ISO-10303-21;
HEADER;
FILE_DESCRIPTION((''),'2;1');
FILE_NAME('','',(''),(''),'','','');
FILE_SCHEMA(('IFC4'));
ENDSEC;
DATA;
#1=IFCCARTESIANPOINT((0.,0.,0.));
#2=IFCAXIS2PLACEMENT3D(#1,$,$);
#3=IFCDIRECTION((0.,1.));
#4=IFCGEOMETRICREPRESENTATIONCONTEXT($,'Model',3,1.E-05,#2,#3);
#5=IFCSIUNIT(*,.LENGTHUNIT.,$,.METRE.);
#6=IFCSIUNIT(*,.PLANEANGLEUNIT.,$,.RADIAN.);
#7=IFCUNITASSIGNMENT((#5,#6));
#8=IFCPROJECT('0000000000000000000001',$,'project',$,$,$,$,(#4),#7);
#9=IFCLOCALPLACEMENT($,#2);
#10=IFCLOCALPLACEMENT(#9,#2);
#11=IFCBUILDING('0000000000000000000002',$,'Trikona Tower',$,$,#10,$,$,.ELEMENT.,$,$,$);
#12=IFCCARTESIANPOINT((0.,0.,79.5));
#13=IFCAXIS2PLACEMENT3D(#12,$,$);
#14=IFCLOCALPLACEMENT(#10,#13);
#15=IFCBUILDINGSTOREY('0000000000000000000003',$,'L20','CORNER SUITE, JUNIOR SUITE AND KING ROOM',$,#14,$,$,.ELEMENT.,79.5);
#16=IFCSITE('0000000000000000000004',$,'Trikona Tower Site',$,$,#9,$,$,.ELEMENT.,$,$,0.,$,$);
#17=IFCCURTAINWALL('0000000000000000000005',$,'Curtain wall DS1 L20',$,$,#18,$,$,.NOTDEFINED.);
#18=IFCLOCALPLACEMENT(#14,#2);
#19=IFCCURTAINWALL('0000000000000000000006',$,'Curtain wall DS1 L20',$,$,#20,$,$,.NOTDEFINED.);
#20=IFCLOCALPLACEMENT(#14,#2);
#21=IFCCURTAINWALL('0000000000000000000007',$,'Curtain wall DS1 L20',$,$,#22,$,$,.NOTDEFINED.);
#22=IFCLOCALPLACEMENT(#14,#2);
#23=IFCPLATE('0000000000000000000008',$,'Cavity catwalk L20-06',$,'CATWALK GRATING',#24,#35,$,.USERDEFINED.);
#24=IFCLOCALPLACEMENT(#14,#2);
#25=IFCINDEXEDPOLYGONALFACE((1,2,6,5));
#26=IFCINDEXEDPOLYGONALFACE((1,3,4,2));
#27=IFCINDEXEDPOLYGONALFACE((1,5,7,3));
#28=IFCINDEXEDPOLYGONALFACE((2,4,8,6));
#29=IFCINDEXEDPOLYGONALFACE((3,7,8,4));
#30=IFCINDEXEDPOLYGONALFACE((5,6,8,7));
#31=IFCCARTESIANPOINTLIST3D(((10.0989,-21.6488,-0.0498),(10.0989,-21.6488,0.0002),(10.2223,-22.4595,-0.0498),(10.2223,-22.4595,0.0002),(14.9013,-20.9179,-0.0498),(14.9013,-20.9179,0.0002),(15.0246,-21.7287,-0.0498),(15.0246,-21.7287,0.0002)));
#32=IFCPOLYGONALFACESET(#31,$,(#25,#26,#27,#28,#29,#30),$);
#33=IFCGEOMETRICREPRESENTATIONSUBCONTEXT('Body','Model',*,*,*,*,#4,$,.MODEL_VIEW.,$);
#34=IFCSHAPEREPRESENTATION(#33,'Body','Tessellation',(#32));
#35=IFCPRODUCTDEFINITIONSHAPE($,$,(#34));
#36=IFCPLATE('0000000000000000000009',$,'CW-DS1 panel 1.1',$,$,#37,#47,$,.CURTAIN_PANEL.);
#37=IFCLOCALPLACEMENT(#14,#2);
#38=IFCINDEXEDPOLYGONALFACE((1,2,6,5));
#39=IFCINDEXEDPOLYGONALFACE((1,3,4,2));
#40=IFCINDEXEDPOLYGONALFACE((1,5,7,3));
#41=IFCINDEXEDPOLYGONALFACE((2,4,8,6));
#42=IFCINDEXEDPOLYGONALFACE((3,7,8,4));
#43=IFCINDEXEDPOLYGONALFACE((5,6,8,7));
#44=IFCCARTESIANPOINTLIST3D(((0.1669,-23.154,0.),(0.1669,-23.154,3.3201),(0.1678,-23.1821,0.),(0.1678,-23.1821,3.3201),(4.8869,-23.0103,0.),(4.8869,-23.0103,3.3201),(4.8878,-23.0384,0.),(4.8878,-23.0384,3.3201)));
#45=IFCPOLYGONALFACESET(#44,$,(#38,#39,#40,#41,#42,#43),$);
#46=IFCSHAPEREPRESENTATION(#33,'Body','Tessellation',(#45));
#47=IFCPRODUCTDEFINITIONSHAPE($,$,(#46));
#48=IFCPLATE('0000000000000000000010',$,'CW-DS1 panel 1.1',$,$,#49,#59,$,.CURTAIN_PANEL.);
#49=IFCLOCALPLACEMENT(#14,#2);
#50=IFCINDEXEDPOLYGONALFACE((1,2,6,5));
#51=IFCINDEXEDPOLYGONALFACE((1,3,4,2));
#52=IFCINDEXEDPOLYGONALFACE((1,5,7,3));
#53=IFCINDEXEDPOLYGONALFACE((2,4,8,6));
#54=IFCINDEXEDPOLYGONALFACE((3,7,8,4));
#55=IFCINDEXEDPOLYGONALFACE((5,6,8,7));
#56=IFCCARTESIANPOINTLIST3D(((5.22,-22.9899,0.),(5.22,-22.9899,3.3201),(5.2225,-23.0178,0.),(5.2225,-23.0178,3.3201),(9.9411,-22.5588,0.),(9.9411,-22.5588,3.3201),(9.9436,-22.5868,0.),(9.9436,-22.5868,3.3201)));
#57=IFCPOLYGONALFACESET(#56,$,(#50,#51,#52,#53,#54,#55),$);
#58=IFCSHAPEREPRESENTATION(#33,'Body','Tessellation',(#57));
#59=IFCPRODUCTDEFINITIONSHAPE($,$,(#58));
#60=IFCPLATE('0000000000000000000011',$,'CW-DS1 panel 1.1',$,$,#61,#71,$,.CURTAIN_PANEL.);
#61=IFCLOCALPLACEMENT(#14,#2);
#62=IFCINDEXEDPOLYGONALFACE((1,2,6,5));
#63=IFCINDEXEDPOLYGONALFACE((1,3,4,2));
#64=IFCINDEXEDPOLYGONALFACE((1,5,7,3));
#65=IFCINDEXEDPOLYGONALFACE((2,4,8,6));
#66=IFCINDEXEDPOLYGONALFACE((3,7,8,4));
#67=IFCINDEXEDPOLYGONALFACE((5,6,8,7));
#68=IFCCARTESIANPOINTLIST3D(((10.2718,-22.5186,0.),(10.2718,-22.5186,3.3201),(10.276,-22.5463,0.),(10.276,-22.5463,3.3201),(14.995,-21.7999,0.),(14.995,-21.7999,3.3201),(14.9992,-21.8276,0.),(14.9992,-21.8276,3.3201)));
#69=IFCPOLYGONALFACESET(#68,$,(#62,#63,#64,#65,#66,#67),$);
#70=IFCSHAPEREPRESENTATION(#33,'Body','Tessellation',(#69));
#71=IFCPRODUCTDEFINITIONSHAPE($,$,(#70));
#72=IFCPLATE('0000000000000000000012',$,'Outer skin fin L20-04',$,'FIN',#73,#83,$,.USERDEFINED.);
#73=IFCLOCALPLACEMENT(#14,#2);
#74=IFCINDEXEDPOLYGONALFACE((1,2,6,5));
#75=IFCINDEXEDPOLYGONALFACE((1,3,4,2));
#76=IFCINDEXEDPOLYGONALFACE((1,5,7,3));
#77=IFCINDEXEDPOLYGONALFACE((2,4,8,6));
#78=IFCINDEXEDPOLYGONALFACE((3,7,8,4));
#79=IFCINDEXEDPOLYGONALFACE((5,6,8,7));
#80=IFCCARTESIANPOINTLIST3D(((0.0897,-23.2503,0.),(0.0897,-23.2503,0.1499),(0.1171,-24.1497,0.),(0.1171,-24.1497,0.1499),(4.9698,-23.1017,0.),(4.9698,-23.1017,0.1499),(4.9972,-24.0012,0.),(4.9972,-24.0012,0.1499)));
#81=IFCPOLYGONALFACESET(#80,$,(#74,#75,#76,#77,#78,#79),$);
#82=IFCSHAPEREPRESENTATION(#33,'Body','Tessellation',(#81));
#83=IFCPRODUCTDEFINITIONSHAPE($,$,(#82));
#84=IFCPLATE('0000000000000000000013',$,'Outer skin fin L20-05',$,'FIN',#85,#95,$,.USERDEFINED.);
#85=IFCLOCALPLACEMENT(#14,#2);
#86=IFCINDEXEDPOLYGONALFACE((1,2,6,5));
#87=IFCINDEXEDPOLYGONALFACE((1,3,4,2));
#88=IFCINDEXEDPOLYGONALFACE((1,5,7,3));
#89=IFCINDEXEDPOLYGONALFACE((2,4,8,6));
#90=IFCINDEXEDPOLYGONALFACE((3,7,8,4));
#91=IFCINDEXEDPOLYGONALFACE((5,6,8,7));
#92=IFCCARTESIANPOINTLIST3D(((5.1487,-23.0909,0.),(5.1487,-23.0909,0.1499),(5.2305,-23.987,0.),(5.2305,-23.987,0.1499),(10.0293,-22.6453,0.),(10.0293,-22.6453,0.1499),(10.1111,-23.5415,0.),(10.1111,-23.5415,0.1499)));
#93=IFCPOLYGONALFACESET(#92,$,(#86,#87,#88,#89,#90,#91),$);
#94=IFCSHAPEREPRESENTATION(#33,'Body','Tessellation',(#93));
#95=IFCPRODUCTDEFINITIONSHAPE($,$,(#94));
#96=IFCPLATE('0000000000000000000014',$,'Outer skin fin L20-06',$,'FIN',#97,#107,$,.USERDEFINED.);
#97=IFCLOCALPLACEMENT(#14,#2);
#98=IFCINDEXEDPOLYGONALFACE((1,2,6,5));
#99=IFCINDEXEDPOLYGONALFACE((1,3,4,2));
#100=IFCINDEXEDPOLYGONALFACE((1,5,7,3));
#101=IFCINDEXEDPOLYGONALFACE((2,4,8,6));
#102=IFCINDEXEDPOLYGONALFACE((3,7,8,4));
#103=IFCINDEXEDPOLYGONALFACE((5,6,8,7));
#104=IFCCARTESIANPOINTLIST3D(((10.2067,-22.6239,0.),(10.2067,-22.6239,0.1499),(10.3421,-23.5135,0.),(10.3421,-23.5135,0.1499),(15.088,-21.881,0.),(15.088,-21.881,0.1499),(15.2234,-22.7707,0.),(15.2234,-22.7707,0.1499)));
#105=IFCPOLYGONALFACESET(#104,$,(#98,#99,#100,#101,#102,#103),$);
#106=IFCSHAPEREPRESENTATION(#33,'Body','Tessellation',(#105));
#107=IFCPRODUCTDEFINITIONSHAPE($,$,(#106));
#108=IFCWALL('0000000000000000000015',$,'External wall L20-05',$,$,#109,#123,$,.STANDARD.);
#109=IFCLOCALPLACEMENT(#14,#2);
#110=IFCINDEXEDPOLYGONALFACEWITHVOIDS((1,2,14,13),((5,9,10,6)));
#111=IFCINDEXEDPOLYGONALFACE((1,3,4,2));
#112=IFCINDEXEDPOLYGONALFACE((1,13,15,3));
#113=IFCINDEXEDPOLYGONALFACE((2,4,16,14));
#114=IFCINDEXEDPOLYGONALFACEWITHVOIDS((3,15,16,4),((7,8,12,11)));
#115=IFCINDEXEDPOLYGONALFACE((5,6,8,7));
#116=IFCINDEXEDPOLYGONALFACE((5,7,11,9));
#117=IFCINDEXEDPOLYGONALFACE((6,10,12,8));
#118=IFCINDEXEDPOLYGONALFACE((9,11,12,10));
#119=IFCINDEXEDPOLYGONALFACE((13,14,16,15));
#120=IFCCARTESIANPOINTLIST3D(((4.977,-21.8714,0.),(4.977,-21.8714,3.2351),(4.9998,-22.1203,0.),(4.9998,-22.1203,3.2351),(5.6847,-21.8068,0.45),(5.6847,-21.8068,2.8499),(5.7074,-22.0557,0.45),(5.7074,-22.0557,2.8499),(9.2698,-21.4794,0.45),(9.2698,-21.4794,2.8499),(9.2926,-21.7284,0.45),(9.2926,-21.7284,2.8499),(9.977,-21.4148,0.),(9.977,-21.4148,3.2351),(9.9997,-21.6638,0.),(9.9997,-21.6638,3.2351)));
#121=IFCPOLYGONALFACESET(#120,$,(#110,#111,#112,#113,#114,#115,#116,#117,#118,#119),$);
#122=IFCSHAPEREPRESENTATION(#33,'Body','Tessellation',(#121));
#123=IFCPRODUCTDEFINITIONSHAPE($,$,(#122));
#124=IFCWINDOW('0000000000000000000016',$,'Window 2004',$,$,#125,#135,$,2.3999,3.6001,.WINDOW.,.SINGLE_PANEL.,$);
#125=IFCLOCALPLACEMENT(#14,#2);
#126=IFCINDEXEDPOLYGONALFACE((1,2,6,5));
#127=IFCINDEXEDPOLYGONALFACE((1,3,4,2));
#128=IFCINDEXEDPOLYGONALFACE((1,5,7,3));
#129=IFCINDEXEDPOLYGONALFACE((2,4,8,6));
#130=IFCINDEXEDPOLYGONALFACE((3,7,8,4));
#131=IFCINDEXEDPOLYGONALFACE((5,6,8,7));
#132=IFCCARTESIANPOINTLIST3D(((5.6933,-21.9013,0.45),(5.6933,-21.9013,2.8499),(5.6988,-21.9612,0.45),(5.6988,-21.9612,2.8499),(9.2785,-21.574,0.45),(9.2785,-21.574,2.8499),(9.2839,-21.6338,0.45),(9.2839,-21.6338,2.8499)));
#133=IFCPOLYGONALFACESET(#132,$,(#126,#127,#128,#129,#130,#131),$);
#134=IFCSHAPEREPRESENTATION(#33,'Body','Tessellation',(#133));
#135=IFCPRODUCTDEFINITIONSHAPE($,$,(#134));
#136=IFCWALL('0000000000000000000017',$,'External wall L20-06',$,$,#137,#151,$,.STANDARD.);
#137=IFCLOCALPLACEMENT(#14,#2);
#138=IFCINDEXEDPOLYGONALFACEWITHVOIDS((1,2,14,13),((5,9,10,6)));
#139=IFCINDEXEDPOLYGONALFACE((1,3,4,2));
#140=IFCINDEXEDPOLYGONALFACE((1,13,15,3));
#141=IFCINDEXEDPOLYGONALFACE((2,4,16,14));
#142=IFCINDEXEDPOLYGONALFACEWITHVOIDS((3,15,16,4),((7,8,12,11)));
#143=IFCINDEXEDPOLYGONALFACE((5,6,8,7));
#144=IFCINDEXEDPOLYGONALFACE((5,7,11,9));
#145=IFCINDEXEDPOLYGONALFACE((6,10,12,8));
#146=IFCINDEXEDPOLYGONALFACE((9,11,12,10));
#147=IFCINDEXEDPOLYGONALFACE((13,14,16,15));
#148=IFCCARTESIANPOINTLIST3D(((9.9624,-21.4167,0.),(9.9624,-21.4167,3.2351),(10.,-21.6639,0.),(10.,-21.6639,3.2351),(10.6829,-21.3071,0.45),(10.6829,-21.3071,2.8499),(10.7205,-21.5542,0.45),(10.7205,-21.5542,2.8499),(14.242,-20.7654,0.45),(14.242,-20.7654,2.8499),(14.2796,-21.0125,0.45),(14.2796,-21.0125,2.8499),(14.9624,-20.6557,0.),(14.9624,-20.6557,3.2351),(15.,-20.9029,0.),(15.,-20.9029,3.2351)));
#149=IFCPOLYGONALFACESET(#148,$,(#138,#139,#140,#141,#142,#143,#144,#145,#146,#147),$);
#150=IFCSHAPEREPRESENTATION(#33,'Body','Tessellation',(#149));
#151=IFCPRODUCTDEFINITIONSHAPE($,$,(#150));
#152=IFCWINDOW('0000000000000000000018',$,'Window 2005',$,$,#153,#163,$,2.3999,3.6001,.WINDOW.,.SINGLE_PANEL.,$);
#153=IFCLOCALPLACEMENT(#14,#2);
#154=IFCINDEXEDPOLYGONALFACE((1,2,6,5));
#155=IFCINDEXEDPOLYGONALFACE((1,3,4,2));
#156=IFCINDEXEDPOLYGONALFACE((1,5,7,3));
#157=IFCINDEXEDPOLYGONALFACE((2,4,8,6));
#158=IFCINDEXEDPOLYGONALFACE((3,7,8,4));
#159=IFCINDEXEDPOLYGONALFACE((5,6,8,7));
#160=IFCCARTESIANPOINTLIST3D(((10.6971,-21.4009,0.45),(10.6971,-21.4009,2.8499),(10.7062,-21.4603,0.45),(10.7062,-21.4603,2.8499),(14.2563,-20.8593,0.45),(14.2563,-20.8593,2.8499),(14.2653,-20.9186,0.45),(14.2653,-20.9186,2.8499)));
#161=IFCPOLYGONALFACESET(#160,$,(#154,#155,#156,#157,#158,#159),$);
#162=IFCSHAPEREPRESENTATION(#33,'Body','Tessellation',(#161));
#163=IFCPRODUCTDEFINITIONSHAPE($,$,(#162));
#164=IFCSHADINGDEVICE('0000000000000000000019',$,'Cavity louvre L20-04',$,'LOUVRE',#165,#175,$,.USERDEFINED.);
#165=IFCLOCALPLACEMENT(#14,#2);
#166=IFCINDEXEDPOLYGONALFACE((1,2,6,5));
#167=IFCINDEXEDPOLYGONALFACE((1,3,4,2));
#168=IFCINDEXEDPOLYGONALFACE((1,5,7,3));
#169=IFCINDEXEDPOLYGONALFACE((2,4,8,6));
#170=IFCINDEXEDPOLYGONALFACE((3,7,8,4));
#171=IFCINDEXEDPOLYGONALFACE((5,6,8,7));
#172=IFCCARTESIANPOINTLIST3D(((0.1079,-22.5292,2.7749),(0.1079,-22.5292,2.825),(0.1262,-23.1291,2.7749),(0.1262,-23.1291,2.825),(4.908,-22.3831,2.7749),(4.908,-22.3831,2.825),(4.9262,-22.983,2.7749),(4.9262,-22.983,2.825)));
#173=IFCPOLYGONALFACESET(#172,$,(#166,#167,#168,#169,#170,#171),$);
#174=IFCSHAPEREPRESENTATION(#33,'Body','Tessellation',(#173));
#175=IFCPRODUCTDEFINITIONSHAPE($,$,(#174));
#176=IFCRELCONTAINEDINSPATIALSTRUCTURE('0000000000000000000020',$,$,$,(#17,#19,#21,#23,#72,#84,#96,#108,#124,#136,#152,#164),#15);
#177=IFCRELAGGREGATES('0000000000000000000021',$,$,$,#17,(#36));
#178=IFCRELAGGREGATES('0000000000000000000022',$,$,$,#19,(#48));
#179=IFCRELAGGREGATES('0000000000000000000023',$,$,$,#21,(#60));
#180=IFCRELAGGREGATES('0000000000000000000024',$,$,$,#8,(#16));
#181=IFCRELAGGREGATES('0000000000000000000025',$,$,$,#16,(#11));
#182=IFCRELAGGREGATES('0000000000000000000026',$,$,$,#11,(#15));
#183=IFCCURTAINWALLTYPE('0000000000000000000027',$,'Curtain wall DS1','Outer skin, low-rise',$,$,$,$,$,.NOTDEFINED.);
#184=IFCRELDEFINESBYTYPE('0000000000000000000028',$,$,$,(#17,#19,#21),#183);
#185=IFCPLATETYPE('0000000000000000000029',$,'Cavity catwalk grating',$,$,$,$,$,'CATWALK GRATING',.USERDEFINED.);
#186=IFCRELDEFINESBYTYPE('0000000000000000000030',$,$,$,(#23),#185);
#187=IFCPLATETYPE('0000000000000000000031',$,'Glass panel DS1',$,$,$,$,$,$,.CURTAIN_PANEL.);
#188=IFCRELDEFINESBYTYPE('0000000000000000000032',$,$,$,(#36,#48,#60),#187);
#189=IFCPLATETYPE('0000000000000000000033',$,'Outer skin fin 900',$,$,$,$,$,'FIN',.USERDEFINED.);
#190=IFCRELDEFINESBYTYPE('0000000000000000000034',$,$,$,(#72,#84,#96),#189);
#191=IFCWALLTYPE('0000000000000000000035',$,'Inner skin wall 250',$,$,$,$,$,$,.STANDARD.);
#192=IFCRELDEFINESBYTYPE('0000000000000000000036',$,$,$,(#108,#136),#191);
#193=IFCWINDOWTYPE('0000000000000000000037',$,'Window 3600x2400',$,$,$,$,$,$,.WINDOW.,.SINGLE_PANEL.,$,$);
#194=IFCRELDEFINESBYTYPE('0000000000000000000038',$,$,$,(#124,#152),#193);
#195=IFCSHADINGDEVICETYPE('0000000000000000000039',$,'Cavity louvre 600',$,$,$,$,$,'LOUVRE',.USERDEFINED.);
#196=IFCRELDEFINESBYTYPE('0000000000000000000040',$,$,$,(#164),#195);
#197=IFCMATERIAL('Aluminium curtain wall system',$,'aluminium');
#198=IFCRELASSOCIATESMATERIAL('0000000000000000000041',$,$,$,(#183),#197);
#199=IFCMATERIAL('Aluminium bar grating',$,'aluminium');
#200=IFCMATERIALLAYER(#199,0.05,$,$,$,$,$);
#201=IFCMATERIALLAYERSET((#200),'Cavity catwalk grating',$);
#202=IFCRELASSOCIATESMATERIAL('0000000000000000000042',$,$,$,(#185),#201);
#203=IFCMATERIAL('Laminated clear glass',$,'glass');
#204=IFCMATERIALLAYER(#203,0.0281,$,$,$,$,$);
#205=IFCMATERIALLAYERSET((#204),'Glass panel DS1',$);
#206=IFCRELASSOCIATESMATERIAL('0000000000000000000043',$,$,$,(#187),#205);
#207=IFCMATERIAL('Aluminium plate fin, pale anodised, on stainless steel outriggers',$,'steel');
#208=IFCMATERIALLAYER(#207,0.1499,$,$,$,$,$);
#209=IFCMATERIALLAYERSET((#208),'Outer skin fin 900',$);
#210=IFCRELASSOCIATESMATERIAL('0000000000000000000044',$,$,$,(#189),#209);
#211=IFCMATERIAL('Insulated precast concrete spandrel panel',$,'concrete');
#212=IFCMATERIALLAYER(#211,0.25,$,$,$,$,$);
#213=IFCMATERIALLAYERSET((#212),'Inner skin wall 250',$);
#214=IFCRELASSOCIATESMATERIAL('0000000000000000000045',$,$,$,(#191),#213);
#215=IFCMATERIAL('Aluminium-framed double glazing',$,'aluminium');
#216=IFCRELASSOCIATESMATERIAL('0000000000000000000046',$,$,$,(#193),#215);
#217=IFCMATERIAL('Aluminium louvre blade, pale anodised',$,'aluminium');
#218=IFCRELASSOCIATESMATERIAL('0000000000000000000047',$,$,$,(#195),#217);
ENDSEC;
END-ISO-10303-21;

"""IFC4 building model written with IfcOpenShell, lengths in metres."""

from ifc_helpers import new_model, si_unit, direction, frame, frame_2d, origin, origin_2d, place, context, subcontext, project, spatial, rectangle, extrude, material, layer, layer_set, type_object, element, fill, aggregate, save


model = new_model("IFC4")

# Units and contexts
model_context = context("Model", 3, precision=1e-05, world=origin(), true_north=direction((0.0, 1.0)))
body_context = subcontext(model_context, "Body", "Model", "MODEL_VIEW")
ifc_project = project(units=[si_unit("LENGTHUNIT", "METRE"), si_unit("PLANEANGLEUNIT", "RADIAN")], contexts=[model_context])

# Site, building, storey
site_placement = place(None, origin())
site = spatial("IfcSite", under=ifc_project, at=site_placement, Name="Trikona Tower Site", CompositionType="ELEMENT", RefElevation=0.0)
building_placement = place(site_placement, origin())
building = spatial("IfcBuilding", under=site, at=building_placement, Name="Trikona Tower", CompositionType="ELEMENT")
storey_placement = place(building_placement, frame((0.0, 0.0, 79.5)))
storey = spatial("IfcBuildingStorey", under=building, at=storey_placement, Name="L20", Description="CORNER SUITE, JUNIOR SUITE AND KING ROOM", CompositionType="ELEMENT", Elevation=79.5)

# Curtain walls
ifc_material_1 = material(Name="Aluminium curtain wall system", Category="aluminium")
curtain_wall_type = type_object("IfcCurtainWallType", Name="Curtain wall DS1", Description="Outer skin, low-rise", PredefinedType="NOTDEFINED", material=ifc_material_1)
curtain_wall_1_placement = place(storey_placement, origin())
curtain_wall_1 = element("IfcCurtainWall", 1, at=curtain_wall_1_placement, inside=storey, type_object=curtain_wall_type, Name="Curtain wall DS1 L20", PredefinedType="NOTDEFINED")
curtain_wall_2_placement = place(storey_placement, origin())
curtain_wall_2 = element("IfcCurtainWall", 2, at=curtain_wall_2_placement, inside=storey, type_object=curtain_wall_type, Name="Curtain wall DS1 L20", PredefinedType="NOTDEFINED")

# Curtain wall
curtain_wall_3_placement = place(storey_placement, origin())
curtain_wall_3 = element("IfcCurtainWall", 3, at=curtain_wall_3_placement, inside=storey, type_object=curtain_wall_type, Name="Curtain wall DS1 L20", PredefinedType="NOTDEFINED")

# Plate
ifc_material_2 = material(Name="Aluminium bar grating", Category="aluminium")
ifc_layer_1 = layer(ifc_material_2, 0.05)
ifc_layer_set_1 = layer_set([ifc_layer_1], Name="Cavity catwalk grating")
plate_type_1 = type_object("IfcPlateType", Name="Cavity catwalk grating", ElementType="CATWALK GRATING", PredefinedType="USERDEFINED", material=ifc_layer_set_1)
plate_1_placement = place(storey_placement, frame((12.5618, -21.6887, -0.0498), z_axis=(0.0, 0.0, 1.0), x_axis=(0.988618, 0.150448, 0.0)))
element("IfcPlate", 4, at=plate_1_placement, inside=storey, type_object=plate_type_1, Name="Cavity catwalk L20-06", ObjectType="CATWALK GRATING", PredefinedType="USERDEFINED", context=body_context, shape_type="SweptSolid", body=[
    extrude(rectangle(XDim=4.8577, YDim=0.8201, at=origin_2d()), origin(), (0.0, 0.0, 1.0), 0.05),
])

# Plates
ifc_material_3 = material(Name="Laminated clear glass", Category="glass")
ifc_layer_2 = layer(ifc_material_3, 0.0281)
ifc_layer_set_2 = layer_set([ifc_layer_2], Name="Glass panel DS1")
plate_type_2 = type_object("IfcPlateType", Name="Glass panel DS1", PredefinedType="CURTAIN_PANEL", material=ifc_layer_set_2)
plate_2_placement = place(storey_placement, frame((2.5273, -23.0962, 0.0), z_axis=(0.0, 0.0, 1.0), x_axis=(0.999537, 0.030437, 0.0)))
plate_2 = element("IfcPlate", 5, at=plate_2_placement, type_object=plate_type_2, Name="CW-DS1 panel 1.1", PredefinedType="CURTAIN_PANEL", context=body_context, shape_type="SweptSolid", body=[
    extrude(rectangle(XDim=4.7222, YDim=0.0281, at=origin_2d()), origin(), (0.0, 0.0, 1.0), 3.3201),
])
aggregate(curtain_wall_1, [plate_2])
plate_3_placement = place(storey_placement, frame((7.5818, -22.7883, 0.0), z_axis=(0.0, 0.0, 1.0), x_axis=(0.995858, 0.090924, 0.0)))
plate_3 = element("IfcPlate", 6, at=plate_3_placement, type_object=plate_type_2, Name="CW-DS1 panel 1.1", PredefinedType="CURTAIN_PANEL", context=body_context, shape_type="SweptSolid", body=[
    extrude(rectangle(XDim=4.7407, YDim=0.0281, at=origin_2d()), origin(), (0.0, 0.0, 1.0), 3.3201),
])
aggregate(curtain_wall_2, [plate_3])
plate_4_placement = place(storey_placement, frame((12.6355, -22.1731, 0.0), z_axis=(0.0, 0.0, 1.0), x_axis=(0.988619, 0.150438, 0.0)))
plate_4 = element("IfcPlate", 7, at=plate_4_placement, type_object=plate_type_2, Name="CW-DS1 panel 1.1", PredefinedType="CURTAIN_PANEL", context=body_context, shape_type="SweptSolid", body=[
    extrude(rectangle(XDim=4.7776, YDim=0.0281, at=origin_2d()), origin(), (0.0, 0.0, 1.0), 3.3201),
])
aggregate(curtain_wall_3, [plate_4])

# Plates
ifc_material_4 = material(Name="Aluminium plate fin, pale anodised, on stainless steel outriggers", Category="steel")
ifc_layer_3 = layer(ifc_material_4, 0.1499)
ifc_layer_set_3 = layer_set([ifc_layer_3], Name="Outer skin fin 900")
plate_type_3 = type_object("IfcPlateType", Name="Outer skin fin 900", ElementType="FIN", PredefinedType="USERDEFINED", material=ifc_layer_set_3)
plate_5_placement = place(storey_placement, frame((2.5435, -23.6257, 0.0), z_axis=(0.0, 0.0, 1.0), x_axis=(0.999537, 0.030425, 0.0)))
element("IfcPlate", 8, at=plate_5_placement, inside=storey, type_object=plate_type_3, Name="Outer skin fin L20-04", ObjectType="FIN", PredefinedType="USERDEFINED", context=body_context, shape_type="SweptSolid", body=[
    extrude(rectangle(XDim=4.8823, YDim=0.8999, at=origin_2d()), origin(), (0.0, 0.0, 1.0), 0.1499),
])
plate_6_placement = place(storey_placement, frame((7.6299, -23.3162, 0.0), z_axis=(0.0, 0.0, 1.0), x_axis=(0.995858, 0.090921, 0.0)))
element("IfcPlate", 9, at=plate_6_placement, inside=storey, type_object=plate_type_3, Name="Outer skin fin L20-05", ObjectType="FIN", PredefinedType="USERDEFINED", context=body_context, shape_type="SweptSolid", body=[
    extrude(rectangle(XDim=4.9009, YDim=0.8999, at=origin_2d()), origin(), (0.0, 0.0, 1.0), 0.1499),
])
plate_7_placement = place(storey_placement, frame((12.7151, -22.6973, 0.0), z_axis=(0.0, 0.0, 1.0), x_axis=(0.988618, 0.150448, 0.0)))
element("IfcPlate", 10, at=plate_7_placement, inside=storey, type_object=plate_type_3, Name="Outer skin fin L20-06", ObjectType="FIN", PredefinedType="USERDEFINED", context=body_context, shape_type="SweptSolid", body=[
    extrude(rectangle(XDim=4.9375, YDim=0.8999, at=origin_2d()), origin(), (0.0, 0.0, 1.0), 0.1499),
])

# Walls, openings, windows
ifc_material_5 = material(Name="Insulated precast concrete spandrel panel", Category="concrete")
ifc_layer_4 = layer(ifc_material_5, 0.25)
ifc_layer_set_4 = layer_set([ifc_layer_4], Name="Inner skin wall 250")
wall_type = type_object("IfcWallType", Name="Inner skin wall 250", PredefinedType="STANDARD", material=ifc_layer_set_4)
wall_1_placement = place(storey_placement, frame((4.9885, -21.9958, 0.0), z_axis=(0.0, 0.0, 1.0), x_axis=(0.995857, 0.09093, 0.0)))
wall_1 = element("IfcWall", 11, at=wall_1_placement, inside=storey, type_object=wall_type, Name="External wall L20-05", PredefinedType="STANDARD", context=body_context, shape_type="SweptSolid", body=[
    extrude(rectangle(XDim=5.0208, YDim=0.25, at=frame_2d((2.5103, 0.0))), origin(), (0.0, 0.0, 1.0), 3.2351),
])
opening_1_placement = place(wall_1_placement, frame((0.7104, 0.0, 0.45)))
opening_1 = element("IfcOpeningElement", 12, at=opening_1_placement, cuts=wall_1, PredefinedType="OPENING", context=body_context, shape_type="SweptSolid", body=[
    extrude(rectangle(XDim=3.6001, YDim=2.3999, at=frame_2d((1.8, 1.2))), frame((0.0, 0.135, 0.0), z_axis=(0.0, -1.0, 0.0), x_axis=(1.0, 0.0, 0.0)), (0.0, 0.0, 1.0), 0.27),
])
ifc_material_6 = material(Name="Aluminium-framed double glazing", Category="aluminium")
window_type = type_object("IfcWindowType", Name="Window 3600x2400", PartitioningType="SINGLE_PANEL", PredefinedType="WINDOW", material=ifc_material_6)
window_1_placement = place(opening_1_placement, origin())
window_1 = element("IfcWindow", 13, at=window_1_placement, inside=storey, type_object=window_type, Name="Window 2004", OverallHeight=2.3999, OverallWidth=3.6001, PartitioningType="SINGLE_PANEL", PredefinedType="WINDOW", context=body_context, shape_type="SweptSolid", body=[
    extrude(rectangle(XDim=3.6001, YDim=2.3999, at=frame_2d((1.8, 1.2))), frame((0.0, 0.03, 0.0), z_axis=(0.0, -1.0, 0.0), x_axis=(1.0, 0.0, 0.0)), (0.0, 0.0, 1.0), 0.0601),
])
fill(opening_1, window_1)
wall_2_placement = place(storey_placement, frame((9.9812, -21.5403, 0.0), z_axis=(0.0, 0.0, 1.0), x_axis=(0.988615, 0.150465, 0.0)))
wall_2 = element("IfcWall", 14, at=wall_2_placement, inside=storey, type_object=wall_type, Name="External wall L20-06", PredefinedType="STANDARD", context=body_context, shape_type="SweptSolid", body=[
    extrude(rectangle(XDim=5.0576, YDim=0.25, at=frame_2d((2.5288, 0.0))), origin(), (0.0, 0.0, 1.0), 3.2351),
])
opening_2_placement = place(wall_2_placement, frame((0.7288, 0.0, 0.45)))
opening_2 = element("IfcOpeningElement", 15, at=opening_2_placement, cuts=wall_2, PredefinedType="OPENING", context=body_context, shape_type="SweptSolid", body=[
    extrude(rectangle(XDim=3.6001, YDim=2.3999, at=frame_2d((1.8, 1.2))), frame((0.0, 0.135, 0.0), z_axis=(0.0, -1.0, 0.0), x_axis=(1.0, 0.0, 0.0)), (0.0, 0.0, 1.0), 0.27),
])
window_2_placement = place(opening_2_placement, origin())
window_2 = element("IfcWindow", 16, at=window_2_placement, inside=storey, type_object=window_type, Name="Window 2005", OverallHeight=2.3999, OverallWidth=3.6001, PartitioningType="SINGLE_PANEL", PredefinedType="WINDOW", context=body_context, shape_type="SweptSolid", body=[
    extrude(rectangle(XDim=3.6001, YDim=2.3999, at=frame_2d((1.8, 1.2))), frame((0.0, 0.03, 0.0), z_axis=(0.0, -1.0, 0.0), x_axis=(1.0, 0.0, 0.0)), (0.0, 0.0, 1.0), 0.0601),
])
fill(opening_2, window_2)

# Shading device
ifc_material_7 = material(Name="Aluminium louvre blade, pale anodised", Category="aluminium")
shading_device_type = type_object("IfcShadingDeviceType", Name="Cavity louvre 600", ElementType="LOUVRE", PredefinedType="USERDEFINED", material=ifc_material_7)
shading_device_1_placement = place(storey_placement, frame((2.5171, -22.7561, 2.7749), z_axis=(0.0, 0.0, 1.0), x_axis=(0.999537, 0.030425, 0.0)))
element("IfcShadingDevice", 17, at=shading_device_1_placement, inside=storey, type_object=shading_device_type, Name="Cavity louvre L20-04", ObjectType="LOUVRE", PredefinedType="USERDEFINED", context=body_context, shape_type="SweptSolid", body=[
    extrude(rectangle(XDim=4.8022, YDim=0.6001, at=origin_2d()), origin(), (0.0, 0.0, 1.0), 0.05),
])

save(model, "model.ifc")
